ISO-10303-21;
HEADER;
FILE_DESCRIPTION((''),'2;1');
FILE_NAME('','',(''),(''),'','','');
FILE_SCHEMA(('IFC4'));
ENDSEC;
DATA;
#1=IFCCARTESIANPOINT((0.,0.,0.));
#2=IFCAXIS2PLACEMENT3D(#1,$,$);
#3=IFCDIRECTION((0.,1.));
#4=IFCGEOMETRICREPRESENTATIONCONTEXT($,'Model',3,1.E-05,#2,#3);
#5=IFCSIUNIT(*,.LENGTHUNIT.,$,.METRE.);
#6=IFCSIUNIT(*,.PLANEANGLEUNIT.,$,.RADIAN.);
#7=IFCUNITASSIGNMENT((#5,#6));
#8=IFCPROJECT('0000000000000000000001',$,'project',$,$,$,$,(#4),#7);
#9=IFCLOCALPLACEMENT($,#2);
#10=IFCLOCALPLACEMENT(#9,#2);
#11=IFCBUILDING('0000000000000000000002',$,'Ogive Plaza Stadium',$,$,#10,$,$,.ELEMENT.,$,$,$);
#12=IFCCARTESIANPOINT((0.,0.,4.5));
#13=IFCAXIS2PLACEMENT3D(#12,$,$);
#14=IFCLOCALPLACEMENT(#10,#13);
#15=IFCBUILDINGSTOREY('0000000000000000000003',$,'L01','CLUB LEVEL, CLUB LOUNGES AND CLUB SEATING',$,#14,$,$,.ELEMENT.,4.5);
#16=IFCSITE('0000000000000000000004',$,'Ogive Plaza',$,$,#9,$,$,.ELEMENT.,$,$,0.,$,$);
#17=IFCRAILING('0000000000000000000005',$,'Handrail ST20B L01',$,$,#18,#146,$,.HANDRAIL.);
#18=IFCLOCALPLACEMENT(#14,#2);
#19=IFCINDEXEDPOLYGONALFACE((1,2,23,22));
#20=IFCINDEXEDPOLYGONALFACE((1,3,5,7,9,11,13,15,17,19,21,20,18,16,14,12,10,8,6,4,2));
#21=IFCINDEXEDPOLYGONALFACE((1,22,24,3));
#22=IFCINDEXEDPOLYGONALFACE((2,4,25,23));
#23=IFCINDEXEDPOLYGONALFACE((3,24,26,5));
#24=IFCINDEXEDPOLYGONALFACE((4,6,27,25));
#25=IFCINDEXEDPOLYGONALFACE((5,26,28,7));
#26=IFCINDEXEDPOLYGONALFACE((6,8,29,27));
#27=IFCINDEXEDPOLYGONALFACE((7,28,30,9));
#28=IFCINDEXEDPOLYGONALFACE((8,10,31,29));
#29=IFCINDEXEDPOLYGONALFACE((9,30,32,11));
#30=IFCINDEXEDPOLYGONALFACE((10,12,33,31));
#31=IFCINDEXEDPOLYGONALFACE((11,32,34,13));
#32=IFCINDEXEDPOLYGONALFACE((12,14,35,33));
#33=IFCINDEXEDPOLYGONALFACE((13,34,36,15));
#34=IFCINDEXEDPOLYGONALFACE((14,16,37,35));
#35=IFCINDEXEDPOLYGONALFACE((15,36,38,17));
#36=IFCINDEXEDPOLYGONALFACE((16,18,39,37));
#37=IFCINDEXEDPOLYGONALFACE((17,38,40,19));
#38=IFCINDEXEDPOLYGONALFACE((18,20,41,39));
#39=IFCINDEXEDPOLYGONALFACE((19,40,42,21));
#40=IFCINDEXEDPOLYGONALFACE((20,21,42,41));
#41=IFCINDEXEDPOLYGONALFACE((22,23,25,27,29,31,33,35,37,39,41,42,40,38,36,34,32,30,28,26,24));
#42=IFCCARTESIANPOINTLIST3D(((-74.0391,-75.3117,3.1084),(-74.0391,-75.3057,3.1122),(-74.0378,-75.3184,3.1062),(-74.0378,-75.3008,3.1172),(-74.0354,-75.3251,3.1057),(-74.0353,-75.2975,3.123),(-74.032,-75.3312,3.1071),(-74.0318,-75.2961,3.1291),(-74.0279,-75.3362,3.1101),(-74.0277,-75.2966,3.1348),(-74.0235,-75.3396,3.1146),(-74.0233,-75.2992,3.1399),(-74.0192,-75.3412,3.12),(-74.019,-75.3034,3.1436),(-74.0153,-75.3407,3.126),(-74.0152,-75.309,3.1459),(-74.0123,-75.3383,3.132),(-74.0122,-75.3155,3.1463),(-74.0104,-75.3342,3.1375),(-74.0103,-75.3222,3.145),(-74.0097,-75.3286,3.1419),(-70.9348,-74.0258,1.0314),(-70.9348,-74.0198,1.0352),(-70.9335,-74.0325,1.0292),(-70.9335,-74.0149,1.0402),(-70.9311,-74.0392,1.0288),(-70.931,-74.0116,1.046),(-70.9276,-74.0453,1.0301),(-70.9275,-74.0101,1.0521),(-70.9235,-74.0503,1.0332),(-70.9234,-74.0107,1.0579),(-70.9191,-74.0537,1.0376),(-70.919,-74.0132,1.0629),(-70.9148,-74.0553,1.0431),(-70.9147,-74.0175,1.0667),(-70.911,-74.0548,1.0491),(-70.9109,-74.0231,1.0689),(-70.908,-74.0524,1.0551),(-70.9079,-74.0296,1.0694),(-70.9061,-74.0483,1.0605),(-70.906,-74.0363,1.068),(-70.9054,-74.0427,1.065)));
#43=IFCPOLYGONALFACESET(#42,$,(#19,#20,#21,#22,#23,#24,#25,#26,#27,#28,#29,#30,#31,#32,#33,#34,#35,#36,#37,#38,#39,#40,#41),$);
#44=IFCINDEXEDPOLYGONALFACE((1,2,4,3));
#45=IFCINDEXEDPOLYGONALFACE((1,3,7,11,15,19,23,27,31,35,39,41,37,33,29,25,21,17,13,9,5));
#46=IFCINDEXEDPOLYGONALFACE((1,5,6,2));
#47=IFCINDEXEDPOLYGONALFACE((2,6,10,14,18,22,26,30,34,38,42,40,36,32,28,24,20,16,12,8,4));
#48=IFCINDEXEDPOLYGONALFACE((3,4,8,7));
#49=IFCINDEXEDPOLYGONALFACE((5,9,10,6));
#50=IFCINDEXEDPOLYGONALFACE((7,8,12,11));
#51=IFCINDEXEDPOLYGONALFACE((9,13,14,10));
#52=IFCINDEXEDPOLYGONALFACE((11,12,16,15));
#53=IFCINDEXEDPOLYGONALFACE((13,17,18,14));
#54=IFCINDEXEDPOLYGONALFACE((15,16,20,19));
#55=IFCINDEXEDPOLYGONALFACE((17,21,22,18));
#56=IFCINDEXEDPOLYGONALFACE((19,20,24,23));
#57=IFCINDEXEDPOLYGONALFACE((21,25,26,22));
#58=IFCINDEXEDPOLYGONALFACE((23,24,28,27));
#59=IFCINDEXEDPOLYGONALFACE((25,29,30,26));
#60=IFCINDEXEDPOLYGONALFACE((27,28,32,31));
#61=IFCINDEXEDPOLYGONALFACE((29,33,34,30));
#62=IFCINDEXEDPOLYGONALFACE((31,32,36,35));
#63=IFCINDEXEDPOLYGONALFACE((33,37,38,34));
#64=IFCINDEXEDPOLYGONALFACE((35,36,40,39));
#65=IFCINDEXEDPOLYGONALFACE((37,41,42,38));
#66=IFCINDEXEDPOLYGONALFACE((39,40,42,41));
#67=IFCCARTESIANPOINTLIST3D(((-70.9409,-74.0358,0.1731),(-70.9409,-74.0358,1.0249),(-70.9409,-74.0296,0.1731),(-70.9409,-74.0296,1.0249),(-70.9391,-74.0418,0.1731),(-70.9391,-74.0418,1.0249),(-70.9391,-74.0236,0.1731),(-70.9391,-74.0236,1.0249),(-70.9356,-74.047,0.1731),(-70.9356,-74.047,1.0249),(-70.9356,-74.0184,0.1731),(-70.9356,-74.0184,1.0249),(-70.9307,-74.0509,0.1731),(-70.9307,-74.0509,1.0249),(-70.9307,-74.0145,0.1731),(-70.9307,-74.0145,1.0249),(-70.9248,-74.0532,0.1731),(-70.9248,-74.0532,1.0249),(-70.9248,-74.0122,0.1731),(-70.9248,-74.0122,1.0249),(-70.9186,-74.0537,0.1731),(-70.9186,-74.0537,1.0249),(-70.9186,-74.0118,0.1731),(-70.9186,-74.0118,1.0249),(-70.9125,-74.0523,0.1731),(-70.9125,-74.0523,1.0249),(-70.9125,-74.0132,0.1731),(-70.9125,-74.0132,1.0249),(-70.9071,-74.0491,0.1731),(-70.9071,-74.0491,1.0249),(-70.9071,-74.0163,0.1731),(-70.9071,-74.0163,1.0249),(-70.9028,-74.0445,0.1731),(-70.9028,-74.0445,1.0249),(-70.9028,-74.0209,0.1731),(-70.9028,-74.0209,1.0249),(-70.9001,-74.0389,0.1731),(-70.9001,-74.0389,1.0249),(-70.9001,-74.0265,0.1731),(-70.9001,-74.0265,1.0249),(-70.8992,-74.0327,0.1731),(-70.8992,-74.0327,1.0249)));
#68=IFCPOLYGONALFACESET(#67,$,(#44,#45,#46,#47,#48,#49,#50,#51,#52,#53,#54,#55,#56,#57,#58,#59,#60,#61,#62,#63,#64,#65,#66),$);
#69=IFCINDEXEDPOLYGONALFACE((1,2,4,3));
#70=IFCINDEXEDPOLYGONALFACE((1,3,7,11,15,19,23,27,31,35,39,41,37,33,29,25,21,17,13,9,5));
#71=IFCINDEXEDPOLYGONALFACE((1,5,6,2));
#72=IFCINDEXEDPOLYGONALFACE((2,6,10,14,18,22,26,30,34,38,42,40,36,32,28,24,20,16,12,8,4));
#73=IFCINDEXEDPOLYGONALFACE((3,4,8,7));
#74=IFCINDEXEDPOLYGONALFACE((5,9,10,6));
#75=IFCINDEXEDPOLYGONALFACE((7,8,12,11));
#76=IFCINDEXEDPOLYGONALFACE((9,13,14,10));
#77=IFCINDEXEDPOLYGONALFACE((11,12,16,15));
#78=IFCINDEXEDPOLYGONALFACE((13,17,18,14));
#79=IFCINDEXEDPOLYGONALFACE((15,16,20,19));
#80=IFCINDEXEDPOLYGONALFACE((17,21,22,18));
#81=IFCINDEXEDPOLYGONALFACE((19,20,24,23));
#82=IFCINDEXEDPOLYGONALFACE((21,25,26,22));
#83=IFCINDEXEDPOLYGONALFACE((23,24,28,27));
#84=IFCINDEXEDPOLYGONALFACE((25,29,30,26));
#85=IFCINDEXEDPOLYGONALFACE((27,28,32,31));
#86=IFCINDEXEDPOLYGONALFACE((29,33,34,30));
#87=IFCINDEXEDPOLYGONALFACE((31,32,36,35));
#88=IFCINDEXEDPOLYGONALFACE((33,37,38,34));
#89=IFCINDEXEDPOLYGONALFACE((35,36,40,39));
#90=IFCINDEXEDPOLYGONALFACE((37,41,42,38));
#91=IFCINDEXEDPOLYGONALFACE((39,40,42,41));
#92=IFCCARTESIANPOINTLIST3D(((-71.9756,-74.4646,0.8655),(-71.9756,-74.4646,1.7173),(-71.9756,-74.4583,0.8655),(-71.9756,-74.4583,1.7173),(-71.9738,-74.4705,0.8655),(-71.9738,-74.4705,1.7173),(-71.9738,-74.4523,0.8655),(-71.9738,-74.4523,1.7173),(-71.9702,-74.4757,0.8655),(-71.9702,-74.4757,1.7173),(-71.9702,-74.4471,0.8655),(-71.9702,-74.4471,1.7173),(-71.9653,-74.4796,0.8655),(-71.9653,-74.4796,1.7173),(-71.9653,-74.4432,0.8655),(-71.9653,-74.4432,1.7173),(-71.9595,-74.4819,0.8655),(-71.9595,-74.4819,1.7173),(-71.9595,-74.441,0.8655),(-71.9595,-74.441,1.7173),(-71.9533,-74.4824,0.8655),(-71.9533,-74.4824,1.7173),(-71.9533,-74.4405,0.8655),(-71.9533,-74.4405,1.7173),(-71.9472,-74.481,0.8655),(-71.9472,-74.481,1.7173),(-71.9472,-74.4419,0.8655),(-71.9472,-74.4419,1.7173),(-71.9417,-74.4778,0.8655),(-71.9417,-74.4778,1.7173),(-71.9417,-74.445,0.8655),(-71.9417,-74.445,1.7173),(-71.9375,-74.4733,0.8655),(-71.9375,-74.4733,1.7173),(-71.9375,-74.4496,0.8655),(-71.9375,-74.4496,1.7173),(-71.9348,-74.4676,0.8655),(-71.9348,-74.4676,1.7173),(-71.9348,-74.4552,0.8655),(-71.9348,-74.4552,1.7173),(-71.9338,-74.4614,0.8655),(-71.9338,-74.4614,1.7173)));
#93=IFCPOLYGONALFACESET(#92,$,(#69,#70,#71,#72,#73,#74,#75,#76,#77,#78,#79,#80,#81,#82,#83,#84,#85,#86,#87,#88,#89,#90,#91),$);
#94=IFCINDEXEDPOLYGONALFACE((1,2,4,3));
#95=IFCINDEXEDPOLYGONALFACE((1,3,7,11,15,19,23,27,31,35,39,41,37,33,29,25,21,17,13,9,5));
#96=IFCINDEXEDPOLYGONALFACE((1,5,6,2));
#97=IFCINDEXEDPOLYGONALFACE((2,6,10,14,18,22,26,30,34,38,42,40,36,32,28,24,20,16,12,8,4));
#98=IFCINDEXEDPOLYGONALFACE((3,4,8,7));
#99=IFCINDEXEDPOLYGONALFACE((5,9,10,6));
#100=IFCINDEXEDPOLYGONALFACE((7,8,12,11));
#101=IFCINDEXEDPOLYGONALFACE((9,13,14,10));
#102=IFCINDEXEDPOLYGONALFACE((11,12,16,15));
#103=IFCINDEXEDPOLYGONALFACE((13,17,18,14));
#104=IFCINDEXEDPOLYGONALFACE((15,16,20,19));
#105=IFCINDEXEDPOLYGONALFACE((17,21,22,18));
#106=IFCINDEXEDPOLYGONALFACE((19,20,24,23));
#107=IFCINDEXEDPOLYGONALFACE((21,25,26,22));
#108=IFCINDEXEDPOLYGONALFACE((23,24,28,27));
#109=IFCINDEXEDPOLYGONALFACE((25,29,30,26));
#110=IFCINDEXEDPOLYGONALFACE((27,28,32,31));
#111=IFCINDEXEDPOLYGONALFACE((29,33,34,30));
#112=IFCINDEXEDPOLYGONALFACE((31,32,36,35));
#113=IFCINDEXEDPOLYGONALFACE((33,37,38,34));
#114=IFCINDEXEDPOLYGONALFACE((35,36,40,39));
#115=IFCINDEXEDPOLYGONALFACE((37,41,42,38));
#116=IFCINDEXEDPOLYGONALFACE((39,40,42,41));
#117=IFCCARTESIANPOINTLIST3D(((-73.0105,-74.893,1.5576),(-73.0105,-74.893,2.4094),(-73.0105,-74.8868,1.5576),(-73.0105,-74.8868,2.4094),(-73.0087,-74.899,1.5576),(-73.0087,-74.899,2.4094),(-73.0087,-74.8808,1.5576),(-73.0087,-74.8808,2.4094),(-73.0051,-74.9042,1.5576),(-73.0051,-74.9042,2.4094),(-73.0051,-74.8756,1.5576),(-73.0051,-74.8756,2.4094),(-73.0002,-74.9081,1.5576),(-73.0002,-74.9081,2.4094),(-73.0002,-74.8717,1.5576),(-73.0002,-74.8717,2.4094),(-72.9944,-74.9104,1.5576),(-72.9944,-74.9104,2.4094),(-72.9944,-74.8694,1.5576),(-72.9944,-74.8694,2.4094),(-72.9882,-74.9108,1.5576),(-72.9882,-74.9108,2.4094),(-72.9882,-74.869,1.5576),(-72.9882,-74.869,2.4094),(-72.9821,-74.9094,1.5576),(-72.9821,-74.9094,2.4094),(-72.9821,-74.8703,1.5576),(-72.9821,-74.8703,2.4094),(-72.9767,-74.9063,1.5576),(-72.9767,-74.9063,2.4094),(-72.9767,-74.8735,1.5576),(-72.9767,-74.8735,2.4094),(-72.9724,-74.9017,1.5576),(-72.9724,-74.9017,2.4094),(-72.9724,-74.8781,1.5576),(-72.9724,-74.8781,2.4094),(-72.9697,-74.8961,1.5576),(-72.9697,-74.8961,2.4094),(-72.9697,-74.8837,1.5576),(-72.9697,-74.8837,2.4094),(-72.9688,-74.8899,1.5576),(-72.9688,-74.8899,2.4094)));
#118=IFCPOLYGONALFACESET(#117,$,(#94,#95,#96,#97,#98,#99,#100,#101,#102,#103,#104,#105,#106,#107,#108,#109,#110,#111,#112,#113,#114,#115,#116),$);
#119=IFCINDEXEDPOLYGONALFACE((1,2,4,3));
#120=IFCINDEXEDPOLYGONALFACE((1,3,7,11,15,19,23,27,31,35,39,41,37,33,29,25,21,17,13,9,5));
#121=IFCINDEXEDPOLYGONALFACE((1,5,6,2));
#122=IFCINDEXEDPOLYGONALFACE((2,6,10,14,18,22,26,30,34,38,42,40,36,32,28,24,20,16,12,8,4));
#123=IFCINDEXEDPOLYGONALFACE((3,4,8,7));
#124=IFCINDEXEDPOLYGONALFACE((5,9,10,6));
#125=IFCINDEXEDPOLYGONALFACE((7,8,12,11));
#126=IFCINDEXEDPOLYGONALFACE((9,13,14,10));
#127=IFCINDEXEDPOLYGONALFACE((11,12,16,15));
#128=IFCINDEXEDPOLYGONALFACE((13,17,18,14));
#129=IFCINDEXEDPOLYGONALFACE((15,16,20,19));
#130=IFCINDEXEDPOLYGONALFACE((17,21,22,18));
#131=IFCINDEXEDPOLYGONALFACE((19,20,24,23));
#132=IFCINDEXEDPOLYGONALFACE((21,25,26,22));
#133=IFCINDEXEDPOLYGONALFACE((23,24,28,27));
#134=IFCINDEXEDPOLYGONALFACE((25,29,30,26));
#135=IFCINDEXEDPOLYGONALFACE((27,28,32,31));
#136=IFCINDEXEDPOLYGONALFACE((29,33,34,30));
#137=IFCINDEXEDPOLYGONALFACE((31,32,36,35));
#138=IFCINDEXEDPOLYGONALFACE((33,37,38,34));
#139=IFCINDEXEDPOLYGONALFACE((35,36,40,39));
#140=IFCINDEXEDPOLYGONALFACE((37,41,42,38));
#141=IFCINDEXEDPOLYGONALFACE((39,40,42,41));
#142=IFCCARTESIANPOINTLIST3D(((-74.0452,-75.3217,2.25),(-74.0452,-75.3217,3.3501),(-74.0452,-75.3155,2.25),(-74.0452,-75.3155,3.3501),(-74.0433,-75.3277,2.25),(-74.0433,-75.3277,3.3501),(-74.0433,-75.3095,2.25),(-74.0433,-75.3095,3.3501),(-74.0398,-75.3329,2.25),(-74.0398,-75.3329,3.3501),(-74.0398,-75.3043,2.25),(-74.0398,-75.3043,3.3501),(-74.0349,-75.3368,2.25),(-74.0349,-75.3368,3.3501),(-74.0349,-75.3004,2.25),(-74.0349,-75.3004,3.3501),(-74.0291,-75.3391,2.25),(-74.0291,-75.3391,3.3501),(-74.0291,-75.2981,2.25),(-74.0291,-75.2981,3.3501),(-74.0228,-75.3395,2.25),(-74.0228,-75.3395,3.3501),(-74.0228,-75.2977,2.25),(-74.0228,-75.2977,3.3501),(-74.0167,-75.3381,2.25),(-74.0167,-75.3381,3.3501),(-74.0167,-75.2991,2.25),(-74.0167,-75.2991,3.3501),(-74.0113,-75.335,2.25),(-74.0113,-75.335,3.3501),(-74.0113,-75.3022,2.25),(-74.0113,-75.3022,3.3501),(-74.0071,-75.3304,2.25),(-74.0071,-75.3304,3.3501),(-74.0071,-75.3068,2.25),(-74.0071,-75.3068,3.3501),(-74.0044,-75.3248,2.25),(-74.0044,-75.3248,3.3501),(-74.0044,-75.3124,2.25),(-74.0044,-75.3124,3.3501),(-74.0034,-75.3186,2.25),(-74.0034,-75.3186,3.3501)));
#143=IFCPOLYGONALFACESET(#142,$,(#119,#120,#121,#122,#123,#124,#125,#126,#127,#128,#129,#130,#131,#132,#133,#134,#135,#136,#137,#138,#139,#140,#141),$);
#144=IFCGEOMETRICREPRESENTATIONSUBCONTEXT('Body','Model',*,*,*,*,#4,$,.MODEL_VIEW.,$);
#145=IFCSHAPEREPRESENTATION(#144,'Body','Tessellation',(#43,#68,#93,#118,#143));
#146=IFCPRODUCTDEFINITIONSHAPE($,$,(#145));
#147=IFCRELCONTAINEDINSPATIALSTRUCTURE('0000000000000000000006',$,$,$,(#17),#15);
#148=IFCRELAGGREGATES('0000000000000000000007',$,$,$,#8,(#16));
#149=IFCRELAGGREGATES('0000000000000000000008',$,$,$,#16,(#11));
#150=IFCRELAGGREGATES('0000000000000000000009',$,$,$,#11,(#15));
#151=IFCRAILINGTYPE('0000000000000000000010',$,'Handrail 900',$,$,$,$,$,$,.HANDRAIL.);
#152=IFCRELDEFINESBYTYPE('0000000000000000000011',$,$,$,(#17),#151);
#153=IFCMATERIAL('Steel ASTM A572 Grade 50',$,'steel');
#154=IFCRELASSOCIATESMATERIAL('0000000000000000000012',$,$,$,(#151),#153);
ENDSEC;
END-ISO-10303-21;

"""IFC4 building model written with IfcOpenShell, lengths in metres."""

from ifc_helpers import new_model, si_unit, direction, frame, origin, origin_2d, place, context, subcontext, project, spatial, circle, extrude, material, type_object, element, save


model = new_model("IFC4")

# Units and contexts
model_context = context("Model", 3, precision=1e-05, world=origin(), true_north=direction((0.0, 1.0)))
body_context = subcontext(model_context, "Body", "Model", "MODEL_VIEW")
ifc_project = project(units=[si_unit("LENGTHUNIT", "METRE"), si_unit("PLANEANGLEUNIT", "RADIAN")], contexts=[model_context])

# Site, building, storey
site_placement = place(None, origin())
site = spatial("IfcSite", under=ifc_project, at=site_placement, Name="Ogive Plaza", CompositionType="ELEMENT", RefElevation=0.0)
building_placement = place(site_placement, origin())
building = spatial("IfcBuilding", under=site, at=building_placement, Name="Ogive Plaza Stadium", CompositionType="ELEMENT")
storey_placement = place(building_placement, frame((0.0, 0.0, 4.5)))
storey = spatial("IfcBuildingStorey", under=building, at=storey_placement, Name="L01", Description="CLUB LEVEL, CLUB LOUNGES AND CLUB SEATING", CompositionType="ELEMENT", Elevation=4.5)

# Railing
ifc_material_1 = material(Name="Steel ASTM A572 Grade 50", Category="steel")
railing_type = type_object("IfcRailingType", Name="Handrail 900", PredefinedType="HANDRAIL", material=ifc_material_1)
railing_placement = place(storey_placement, frame((-70.9202, -74.0327, 0.1731)))
element("IfcRailing", 1, at=railing_placement, inside=storey, type_object=railing_type, Name="Handrail ST20B L01", PredefinedType="HANDRAIL", context=body_context, shape_type="SweptSolid", body=[
    extrude(circle(Radius=0.0239, at=origin_2d()), frame((0.0, 0.0, 0.876), z_axis=(-0.785863, -0.325532, 0.525783), x_axis=(0.3827, -0.923872, 0.0)), (0.0, 0.0, 1.0), 3.9502),
    extrude(circle(Radius=0.021, at=origin_2d()), origin(), (0.0, 0.0, 1.0), 0.8518),
    extrude(circle(Radius=0.021, at=origin_2d()), frame((-1.0347, -0.4287, 0.6924)), (0.0, 0.0, 1.0), 0.8518),
    extrude(circle(Radius=0.021, at=origin_2d()), frame((-2.0696, -0.8572, 1.3845)), (0.0, 0.0, 1.0), 0.8518),
    extrude(circle(Radius=0.021, at=origin_2d()), frame((-3.1042, -1.2859, 2.0769)), (0.0, 0.0, 1.0), 1.1001),
])

save(model, "model.ifc")
